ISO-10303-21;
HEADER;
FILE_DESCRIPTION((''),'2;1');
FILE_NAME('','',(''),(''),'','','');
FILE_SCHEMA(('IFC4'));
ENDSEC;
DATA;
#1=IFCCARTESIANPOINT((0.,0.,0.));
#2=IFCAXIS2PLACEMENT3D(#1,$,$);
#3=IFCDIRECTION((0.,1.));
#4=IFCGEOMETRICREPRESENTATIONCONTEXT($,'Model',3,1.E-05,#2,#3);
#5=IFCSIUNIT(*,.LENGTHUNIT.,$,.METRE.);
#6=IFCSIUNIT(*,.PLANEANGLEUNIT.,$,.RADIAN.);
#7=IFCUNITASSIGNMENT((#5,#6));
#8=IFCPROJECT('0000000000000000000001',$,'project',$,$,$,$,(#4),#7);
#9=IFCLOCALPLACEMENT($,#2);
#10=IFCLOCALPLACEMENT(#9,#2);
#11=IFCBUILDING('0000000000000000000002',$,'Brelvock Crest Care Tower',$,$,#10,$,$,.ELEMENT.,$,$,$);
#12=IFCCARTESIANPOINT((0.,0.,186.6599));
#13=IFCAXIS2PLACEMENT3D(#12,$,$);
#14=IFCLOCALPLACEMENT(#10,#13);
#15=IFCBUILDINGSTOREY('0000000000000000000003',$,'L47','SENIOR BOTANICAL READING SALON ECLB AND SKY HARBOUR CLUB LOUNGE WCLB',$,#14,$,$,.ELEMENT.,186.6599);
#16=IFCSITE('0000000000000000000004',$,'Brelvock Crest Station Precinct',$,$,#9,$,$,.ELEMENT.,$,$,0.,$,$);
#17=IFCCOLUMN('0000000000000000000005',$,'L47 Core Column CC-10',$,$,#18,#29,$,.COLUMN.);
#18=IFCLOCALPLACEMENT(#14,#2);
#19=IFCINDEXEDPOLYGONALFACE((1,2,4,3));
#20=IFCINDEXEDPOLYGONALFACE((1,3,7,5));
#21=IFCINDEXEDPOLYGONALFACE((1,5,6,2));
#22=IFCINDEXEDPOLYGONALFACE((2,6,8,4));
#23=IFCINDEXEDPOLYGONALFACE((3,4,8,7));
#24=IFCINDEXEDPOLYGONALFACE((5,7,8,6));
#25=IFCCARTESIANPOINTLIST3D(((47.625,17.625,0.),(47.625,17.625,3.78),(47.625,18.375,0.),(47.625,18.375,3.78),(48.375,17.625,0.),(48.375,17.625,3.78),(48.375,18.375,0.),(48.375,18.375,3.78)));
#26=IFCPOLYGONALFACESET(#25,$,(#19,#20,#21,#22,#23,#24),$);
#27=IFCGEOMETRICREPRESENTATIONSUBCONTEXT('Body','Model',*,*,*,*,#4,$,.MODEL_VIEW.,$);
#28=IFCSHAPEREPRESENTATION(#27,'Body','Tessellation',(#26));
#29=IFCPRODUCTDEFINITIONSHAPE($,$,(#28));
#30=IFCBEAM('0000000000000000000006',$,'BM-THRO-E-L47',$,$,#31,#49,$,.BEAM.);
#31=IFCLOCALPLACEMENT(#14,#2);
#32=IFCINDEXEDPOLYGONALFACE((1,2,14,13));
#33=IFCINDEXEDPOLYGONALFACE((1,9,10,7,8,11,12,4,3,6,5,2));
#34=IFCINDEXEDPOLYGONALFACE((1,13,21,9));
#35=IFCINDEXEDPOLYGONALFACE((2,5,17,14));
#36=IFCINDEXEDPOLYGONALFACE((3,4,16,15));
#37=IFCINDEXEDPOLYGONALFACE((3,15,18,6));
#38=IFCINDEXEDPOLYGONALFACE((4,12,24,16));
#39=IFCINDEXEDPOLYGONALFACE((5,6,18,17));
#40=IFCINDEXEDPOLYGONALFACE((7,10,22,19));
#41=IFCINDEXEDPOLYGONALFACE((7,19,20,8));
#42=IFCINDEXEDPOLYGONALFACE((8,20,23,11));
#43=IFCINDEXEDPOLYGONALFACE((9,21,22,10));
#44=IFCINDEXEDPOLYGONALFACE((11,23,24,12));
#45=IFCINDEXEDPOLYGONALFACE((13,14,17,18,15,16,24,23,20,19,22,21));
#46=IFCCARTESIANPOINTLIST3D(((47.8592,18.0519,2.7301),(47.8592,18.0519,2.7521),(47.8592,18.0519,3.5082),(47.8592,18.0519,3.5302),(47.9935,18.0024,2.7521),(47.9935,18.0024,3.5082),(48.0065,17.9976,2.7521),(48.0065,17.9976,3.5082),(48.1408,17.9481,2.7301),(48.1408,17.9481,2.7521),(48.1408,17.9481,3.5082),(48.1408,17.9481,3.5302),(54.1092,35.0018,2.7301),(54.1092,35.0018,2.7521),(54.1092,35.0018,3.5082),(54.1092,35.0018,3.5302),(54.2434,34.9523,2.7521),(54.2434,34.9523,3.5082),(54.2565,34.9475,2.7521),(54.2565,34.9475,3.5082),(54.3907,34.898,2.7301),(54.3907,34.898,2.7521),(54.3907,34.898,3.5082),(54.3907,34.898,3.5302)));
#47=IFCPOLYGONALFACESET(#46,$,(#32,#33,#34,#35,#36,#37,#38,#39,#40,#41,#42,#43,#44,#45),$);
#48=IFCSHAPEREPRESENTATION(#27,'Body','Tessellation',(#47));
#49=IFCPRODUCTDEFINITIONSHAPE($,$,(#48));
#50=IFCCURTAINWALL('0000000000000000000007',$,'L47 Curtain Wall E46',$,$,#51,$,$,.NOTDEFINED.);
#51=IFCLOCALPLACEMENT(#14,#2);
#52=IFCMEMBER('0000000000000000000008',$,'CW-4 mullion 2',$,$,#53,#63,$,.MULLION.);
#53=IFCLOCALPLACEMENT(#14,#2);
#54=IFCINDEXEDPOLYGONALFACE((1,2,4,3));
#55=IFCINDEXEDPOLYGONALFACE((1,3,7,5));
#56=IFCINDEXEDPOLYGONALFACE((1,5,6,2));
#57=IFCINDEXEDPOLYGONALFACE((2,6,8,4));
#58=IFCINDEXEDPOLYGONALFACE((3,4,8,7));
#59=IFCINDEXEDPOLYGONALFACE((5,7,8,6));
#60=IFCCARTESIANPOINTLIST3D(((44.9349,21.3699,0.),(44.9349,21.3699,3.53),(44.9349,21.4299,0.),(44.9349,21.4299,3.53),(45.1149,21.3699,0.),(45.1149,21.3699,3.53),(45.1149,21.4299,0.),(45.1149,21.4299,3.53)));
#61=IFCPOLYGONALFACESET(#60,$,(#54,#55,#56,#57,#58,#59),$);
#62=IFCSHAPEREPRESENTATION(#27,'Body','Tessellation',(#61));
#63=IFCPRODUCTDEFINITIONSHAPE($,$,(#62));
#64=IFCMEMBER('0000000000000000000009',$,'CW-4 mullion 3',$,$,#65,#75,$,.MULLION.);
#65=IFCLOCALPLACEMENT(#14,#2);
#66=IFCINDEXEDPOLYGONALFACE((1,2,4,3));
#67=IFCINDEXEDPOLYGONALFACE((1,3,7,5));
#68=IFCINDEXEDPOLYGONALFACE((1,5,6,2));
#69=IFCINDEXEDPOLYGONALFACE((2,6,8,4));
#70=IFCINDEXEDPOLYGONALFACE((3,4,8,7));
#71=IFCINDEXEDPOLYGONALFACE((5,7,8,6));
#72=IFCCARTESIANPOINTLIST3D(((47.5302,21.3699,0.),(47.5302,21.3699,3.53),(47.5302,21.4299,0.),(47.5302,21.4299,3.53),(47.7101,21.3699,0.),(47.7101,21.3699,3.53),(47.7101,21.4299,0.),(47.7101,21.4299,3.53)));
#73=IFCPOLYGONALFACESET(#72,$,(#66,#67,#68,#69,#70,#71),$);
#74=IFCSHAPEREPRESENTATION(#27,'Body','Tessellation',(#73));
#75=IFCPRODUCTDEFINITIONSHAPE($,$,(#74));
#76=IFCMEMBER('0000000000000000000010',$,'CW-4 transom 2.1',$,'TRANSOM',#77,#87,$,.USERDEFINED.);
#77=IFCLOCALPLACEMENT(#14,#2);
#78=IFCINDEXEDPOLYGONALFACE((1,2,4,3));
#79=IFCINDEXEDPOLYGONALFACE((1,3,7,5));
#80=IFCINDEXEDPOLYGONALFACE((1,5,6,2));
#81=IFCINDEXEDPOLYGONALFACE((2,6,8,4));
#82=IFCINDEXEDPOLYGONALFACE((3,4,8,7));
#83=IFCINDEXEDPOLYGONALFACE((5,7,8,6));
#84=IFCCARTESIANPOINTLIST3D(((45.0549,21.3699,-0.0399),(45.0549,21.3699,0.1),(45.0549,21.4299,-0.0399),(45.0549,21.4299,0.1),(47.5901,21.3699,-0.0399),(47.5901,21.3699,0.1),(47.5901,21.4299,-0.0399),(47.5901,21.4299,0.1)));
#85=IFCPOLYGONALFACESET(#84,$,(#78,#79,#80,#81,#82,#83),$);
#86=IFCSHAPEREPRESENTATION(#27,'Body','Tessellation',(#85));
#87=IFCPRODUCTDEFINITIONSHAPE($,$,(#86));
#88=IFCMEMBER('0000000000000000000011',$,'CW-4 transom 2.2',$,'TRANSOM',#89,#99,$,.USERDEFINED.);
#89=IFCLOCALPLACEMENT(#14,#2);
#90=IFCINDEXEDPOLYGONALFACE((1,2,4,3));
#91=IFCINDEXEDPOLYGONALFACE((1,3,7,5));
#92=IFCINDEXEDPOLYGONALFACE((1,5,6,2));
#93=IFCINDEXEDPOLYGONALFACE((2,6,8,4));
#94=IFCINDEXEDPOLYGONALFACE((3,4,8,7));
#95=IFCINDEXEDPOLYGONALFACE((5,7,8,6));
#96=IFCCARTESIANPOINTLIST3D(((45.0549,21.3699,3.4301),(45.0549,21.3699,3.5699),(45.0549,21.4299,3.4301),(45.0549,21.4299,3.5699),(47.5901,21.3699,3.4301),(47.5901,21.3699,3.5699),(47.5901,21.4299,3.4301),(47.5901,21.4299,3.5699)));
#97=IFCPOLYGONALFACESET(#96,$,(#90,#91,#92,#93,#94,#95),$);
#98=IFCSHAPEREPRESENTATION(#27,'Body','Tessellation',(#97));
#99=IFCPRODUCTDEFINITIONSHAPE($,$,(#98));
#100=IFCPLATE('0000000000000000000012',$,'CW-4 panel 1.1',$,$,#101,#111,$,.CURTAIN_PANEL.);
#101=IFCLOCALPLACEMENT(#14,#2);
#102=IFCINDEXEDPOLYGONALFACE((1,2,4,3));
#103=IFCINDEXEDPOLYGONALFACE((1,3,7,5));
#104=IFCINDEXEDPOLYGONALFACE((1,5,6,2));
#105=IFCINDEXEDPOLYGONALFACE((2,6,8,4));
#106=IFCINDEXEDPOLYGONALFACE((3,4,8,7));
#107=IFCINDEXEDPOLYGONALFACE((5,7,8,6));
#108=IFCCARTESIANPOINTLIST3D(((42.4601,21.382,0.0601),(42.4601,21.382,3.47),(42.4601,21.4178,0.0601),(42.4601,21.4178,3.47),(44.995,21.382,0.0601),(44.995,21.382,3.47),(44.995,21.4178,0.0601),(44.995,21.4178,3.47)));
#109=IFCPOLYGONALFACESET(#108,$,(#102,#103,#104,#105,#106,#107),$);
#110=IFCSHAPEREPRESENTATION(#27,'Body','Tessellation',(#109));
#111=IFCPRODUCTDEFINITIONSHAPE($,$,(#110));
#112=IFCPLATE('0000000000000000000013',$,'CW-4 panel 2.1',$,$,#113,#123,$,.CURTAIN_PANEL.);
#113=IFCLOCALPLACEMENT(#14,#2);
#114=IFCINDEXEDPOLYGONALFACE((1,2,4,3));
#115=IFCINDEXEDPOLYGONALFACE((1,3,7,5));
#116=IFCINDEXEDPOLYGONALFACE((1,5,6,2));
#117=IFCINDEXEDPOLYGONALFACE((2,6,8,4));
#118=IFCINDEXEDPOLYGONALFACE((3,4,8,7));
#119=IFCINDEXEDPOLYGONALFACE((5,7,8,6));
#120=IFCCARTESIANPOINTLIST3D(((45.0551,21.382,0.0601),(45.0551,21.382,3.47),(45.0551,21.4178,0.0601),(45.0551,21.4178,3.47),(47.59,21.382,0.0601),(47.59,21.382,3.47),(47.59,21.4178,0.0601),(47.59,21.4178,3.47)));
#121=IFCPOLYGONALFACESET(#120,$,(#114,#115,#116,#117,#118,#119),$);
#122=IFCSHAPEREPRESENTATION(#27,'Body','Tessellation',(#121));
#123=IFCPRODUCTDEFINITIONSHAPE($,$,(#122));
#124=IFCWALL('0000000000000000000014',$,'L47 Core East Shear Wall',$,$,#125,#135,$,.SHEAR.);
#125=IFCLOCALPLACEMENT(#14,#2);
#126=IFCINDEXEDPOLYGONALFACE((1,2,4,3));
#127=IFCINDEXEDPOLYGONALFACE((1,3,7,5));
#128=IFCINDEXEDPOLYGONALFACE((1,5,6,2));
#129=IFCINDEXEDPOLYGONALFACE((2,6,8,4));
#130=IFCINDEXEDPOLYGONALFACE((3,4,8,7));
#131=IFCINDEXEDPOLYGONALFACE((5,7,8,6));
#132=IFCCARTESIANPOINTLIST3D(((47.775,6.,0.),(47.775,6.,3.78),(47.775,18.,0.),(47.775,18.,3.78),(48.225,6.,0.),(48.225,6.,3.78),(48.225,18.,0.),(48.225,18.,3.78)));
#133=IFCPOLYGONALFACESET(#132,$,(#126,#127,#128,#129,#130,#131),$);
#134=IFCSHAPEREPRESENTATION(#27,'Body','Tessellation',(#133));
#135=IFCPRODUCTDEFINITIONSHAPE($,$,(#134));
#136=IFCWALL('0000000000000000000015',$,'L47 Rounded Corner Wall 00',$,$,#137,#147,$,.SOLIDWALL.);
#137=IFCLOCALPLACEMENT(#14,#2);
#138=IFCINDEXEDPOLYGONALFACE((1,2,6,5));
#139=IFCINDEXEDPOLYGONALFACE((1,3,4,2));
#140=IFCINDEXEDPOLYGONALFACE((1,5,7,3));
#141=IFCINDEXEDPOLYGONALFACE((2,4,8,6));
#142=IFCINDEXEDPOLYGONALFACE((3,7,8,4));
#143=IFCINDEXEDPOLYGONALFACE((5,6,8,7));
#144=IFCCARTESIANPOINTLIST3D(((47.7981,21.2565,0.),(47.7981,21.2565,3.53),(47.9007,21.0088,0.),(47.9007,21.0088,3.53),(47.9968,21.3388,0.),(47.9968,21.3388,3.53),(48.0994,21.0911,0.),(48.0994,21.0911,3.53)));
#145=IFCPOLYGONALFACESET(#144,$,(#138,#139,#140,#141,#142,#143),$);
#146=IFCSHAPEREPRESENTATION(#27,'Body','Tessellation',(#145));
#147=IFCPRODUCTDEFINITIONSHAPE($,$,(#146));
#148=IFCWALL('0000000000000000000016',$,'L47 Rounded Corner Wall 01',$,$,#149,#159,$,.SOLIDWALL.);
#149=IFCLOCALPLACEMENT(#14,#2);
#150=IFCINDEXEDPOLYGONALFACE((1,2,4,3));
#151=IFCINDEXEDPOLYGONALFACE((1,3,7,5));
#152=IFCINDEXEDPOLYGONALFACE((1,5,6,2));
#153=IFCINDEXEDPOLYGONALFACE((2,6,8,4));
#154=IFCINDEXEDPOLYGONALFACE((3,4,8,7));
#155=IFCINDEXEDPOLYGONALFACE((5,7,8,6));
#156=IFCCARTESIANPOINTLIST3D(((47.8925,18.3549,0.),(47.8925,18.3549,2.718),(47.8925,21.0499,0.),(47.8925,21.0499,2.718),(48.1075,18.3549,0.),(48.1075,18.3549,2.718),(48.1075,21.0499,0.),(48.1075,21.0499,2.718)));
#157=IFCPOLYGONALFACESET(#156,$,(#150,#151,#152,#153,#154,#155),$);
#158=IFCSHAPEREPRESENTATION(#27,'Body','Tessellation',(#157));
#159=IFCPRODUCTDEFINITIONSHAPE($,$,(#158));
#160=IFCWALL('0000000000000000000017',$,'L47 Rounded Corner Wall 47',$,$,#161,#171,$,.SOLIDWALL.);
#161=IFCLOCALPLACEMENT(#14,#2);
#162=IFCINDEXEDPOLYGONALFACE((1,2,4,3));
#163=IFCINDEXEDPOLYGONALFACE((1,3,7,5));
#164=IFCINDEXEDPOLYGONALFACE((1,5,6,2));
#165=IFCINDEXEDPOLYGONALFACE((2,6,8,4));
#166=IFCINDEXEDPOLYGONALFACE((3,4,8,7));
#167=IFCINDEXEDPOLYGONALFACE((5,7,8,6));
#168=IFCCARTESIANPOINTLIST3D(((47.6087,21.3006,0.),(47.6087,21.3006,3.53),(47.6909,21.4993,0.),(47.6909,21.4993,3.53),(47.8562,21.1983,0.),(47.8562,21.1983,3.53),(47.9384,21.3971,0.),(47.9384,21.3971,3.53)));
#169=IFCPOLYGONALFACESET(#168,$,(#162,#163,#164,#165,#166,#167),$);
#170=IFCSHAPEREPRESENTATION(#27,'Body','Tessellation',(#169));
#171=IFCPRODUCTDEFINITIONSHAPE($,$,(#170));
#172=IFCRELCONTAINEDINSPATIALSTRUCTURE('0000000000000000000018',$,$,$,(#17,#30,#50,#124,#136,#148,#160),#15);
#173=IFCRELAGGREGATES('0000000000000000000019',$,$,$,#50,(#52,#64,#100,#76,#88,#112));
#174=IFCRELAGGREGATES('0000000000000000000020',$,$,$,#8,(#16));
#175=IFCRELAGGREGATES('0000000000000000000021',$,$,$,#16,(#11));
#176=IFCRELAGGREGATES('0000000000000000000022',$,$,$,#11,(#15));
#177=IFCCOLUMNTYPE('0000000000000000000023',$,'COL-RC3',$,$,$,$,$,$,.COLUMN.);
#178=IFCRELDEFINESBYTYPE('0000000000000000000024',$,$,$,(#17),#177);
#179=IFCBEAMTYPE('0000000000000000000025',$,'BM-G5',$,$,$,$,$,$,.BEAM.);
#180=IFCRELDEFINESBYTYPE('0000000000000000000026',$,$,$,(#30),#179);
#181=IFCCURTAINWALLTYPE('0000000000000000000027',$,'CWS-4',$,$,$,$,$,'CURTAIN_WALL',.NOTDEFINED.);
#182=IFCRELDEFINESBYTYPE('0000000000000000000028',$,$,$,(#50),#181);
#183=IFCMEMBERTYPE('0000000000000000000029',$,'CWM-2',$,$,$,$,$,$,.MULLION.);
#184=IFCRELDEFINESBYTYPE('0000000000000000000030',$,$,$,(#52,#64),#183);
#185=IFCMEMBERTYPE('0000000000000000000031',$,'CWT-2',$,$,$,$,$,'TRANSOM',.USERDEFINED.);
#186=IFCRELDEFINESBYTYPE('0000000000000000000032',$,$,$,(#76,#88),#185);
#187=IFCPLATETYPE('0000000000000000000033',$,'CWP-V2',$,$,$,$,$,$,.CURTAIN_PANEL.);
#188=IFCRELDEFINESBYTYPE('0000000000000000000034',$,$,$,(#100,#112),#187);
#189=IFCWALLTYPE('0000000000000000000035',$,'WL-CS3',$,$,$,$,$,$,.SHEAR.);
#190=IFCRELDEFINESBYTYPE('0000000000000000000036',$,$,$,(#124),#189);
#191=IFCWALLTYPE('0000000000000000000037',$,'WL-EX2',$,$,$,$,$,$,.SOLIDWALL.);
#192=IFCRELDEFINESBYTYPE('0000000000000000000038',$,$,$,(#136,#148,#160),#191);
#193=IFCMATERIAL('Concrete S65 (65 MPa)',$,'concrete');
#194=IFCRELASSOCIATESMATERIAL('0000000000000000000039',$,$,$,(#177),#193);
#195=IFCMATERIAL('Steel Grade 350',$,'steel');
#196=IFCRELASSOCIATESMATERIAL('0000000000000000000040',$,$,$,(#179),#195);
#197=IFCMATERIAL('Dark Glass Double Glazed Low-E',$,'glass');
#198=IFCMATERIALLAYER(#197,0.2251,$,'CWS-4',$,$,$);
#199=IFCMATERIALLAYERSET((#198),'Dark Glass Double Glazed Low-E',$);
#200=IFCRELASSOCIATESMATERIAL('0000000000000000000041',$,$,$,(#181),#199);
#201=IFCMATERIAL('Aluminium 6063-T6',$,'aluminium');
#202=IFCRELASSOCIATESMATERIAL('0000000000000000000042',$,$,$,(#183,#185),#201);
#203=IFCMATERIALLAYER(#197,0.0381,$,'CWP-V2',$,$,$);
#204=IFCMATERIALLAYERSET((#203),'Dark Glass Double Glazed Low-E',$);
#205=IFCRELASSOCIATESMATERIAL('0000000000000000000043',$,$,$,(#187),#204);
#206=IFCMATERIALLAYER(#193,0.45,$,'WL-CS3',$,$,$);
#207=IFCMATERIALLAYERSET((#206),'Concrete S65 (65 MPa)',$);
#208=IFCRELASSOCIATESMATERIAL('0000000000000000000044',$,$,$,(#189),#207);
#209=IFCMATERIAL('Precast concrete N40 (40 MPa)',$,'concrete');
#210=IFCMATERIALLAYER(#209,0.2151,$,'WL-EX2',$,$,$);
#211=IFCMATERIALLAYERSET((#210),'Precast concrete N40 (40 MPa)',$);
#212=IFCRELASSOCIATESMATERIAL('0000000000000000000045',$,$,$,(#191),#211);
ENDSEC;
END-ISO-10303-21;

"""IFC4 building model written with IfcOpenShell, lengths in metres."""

from ifc_helpers import new_model, si_unit, direction, frame, frame_2d, origin, origin_2d, place, context, subcontext, project, spatial, rectangle, i_section, extrude, source, transform, mapped, material, layer, layer_set, material_profile, profile_set, type_object, element, aggregate, save


model = new_model("IFC4")

# Units and contexts
model_context = context("Model", 3, precision=1e-05, world=origin(), true_north=direction((0.0, 1.0)))
body_context = subcontext(model_context, "Body", "Model", "MODEL_VIEW")
ifc_project = project(units=[si_unit("LENGTHUNIT", "METRE"), si_unit("PLANEANGLEUNIT", "RADIAN")], contexts=[model_context])

# Site, building, storey
site_placement = place(None, origin())
site = spatial("IfcSite", under=ifc_project, at=site_placement, Name="Brelvock Crest Station Precinct", CompositionType="ELEMENT", RefElevation=0.0)
building_placement = place(site_placement, origin())
building = spatial("IfcBuilding", under=site, at=building_placement, Name="Brelvock Crest Care Tower", CompositionType="ELEMENT")
storey_placement = place(building_placement, frame((0.0, 0.0, 186.6599)))
storey = spatial("IfcBuildingStorey", under=building, at=storey_placement, Name="L47", Description="SENIOR BOTANICAL READING SALON ECLB AND SKY HARBOUR CLUB LOUNGE WCLB", CompositionType="ELEMENT", Elevation=186.6599)

# Column
ifc_material_1 = material(Name="Concrete S65 (65 MPa)", Category="concrete")
ifc_material_profile_1 = material_profile(ifc_material_1, rectangle(XDim=0.75, YDim=0.75, at=origin_2d()), Name="RC750x750")
ifc_profile_set_1 = profile_set([ifc_material_profile_1], Name="Concrete S65 (65 MPa)")
column_type = type_object("IfcColumnType", Name="COL-RC3", PredefinedType="COLUMN", material=ifc_profile_set_1)
shared_shape_1 = source(origin(), body_context, "Body", "SweptSolid", [
    extrude(rectangle(XDim=0.75, YDim=0.75, at=origin_2d()), origin(), (0.0, 0.0, 1.0), 3.78),
])
column_placement = place(storey_placement, frame((48.0, 18.0, 0.0), z_axis=(0.0, 0.0, 1.0), x_axis=(1.0, 0.0, 0.0)))
element("IfcColumn", 1, at=column_placement, inside=storey, type_object=column_type, Name="L47 Core Column CC-10", PredefinedType="COLUMN", context=body_context, shape_type="MappedRepresentation", body=[
    mapped(shared_shape_1, transform((0.0, 0.0, 0.0), x_axis=(1.0, 0.0, 0.0), y_axis=(0.0, 1.0, 0.0), z_axis=(0.0, 0.0, 1.0), scale=1.0)),
])

# Beam
ifc_material_2 = material(Name="Steel Grade 350", Category="steel")
ifc_material_profile_2 = material_profile(ifc_material_2, i_section(OverallWidth=0.3, OverallDepth=0.8, WebThickness=0.0139, FlangeThickness=0.022, at=origin_2d()), Name="800WB192")
ifc_profile_set_2 = profile_set([ifc_material_profile_2], Name="Steel Grade 350")
beam_type = type_object("IfcBeamType", Name="BM-G5", PredefinedType="BEAM", material=ifc_profile_set_2)
shared_shape_2 = source(origin(), body_context, "Body", "SweptSolid", [
    extrude(i_section(OverallWidth=0.3, OverallDepth=0.8, WebThickness=0.0139, FlangeThickness=0.022, at=origin_2d()), origin(), (0.0, 0.0, 1.0), 18.0654),
])
beam_placement = place(storey_placement, frame((48.0, 18.0, 3.1301), z_axis=(0.345963, 0.938248, 0.0), x_axis=(-0.938248, 0.345963, 0.0)))
element("IfcBeam", 2, at=beam_placement, inside=storey, type_object=beam_type, Name="BM-THRO-E-L47", PredefinedType="BEAM", context=body_context, shape_type="MappedRepresentation", body=[
    mapped(shared_shape_2, transform((0.0, 0.0, 0.0), x_axis=(1.0, 0.0, 0.0), y_axis=(0.0, 1.0, 0.0), z_axis=(0.0, 0.0, 1.0), scale=1.0)),
])

# Curtain wall, members, plates
ifc_material_3 = material(Name="Dark Glass Double Glazed Low-E", Category="glass")
ifc_layer_1 = layer(ifc_material_3, 0.2251, Name="CWS-4")
ifc_layer_set_1 = layer_set([ifc_layer_1], Name="Dark Glass Double Glazed Low-E")
curtain_wall_type = type_object("IfcCurtainWallType", Name="CWS-4", ElementType="CURTAIN_WALL", PredefinedType="NOTDEFINED", material=ifc_layer_set_1)
curtain_wall_placement = place(storey_placement, origin())
curtain_wall = element("IfcCurtainWall", 3, at=curtain_wall_placement, inside=storey, type_object=curtain_wall_type, Name="L47 Curtain Wall E46", PredefinedType="NOTDEFINED")
ifc_material_4 = material(Name="Aluminium 6063-T6", Category="aluminium")
ifc_material_profile_3 = material_profile(ifc_material_4, rectangle(XDim=0.0601, YDim=0.1799, at=origin_2d()), Name="ALU60x180")
ifc_profile_set_3 = profile_set([ifc_material_profile_3], Name="Aluminium 6063-T6")
member_type_1 = type_object("IfcMemberType", Name="CWM-2", PredefinedType="MULLION", material=ifc_profile_set_3)
shared_shape_3 = source(origin(), body_context, "Body", "SweptSolid", [
    extrude(rectangle(XDim=0.0601, YDim=0.1799, at=origin_2d()), origin(), (0.0, 0.0, 1.0), 3.53),
])
member_1_placement = place(storey_placement, frame((45.0249, 21.3999, 0.0), z_axis=(0.0, 0.0, 1.0), x_axis=(0.0, 1.0, 0.0)))
member_1 = element("IfcMember", 4, at=member_1_placement, type_object=member_type_1, Name="CW-4 mullion 2", PredefinedType="MULLION", context=body_context, shape_type="MappedRepresentation", body=[
    mapped(shared_shape_3, transform((0.0, 0.0, 0.0), x_axis=(1.0, 0.0, 0.0), y_axis=(0.0, 1.0, 0.0), z_axis=(0.0, 0.0, 1.0), scale=1.0)),
])
member_2_placement = place(storey_placement, frame((47.6201, 21.3999, 0.0), z_axis=(0.0, 0.0, 1.0), x_axis=(0.0, 1.0, 0.0)))
member_2 = element("IfcMember", 5, at=member_2_placement, type_object=member_type_1, Name="CW-4 mullion 3", PredefinedType="MULLION", context=body_context, shape_type="MappedRepresentation", body=[
    mapped(shared_shape_3, transform((0.0, 0.0, 0.0), x_axis=(1.0, 0.0, 0.0), y_axis=(0.0, 1.0, 0.0), z_axis=(0.0, 0.0, 1.0), scale=1.0)),
])
ifc_material_profile_4 = material_profile(ifc_material_4, rectangle(XDim=0.0601, YDim=0.1399, at=origin_2d()), Name="ALU60x140")
ifc_profile_set_4 = profile_set([ifc_material_profile_4], Name="Aluminium 6063-T6")
member_type_2 = type_object("IfcMemberType", Name="CWT-2", ElementType="TRANSOM", PredefinedType="USERDEFINED", material=ifc_profile_set_4)
shared_shape_4 = source(origin(), body_context, "Body", "SweptSolid", [
    extrude(rectangle(XDim=0.0601, YDim=0.1399, at=origin_2d()), origin(), (0.0, 0.0, 1.0), 2.5352),
])
member_3_placement = place(storey_placement, frame((45.0549, 21.3999, 0.03), z_axis=(1.0, 0.0, 0.0), x_axis=(0.0, 1.0, 0.0)))
member_3 = element("IfcMember", 6, at=member_3_placement, type_object=member_type_2, Name="CW-4 transom 2.1", ObjectType="TRANSOM", PredefinedType="USERDEFINED", context=body_context, shape_type="MappedRepresentation", body=[
    mapped(shared_shape_4, transform((0.0, 0.0, 0.0), x_axis=(1.0, 0.0, 0.0), y_axis=(0.0, 1.0, 0.0), z_axis=(0.0, 0.0, 1.0), scale=1.0)),
])
member_4_placement = place(storey_placement, frame((45.0549, 21.3999, 3.5), z_axis=(1.0, 0.0, 0.0), x_axis=(0.0, 1.0, 0.0)))
member_4 = element("IfcMember", 7, at=member_4_placement, type_object=member_type_2, Name="CW-4 transom 2.2", ObjectType="TRANSOM", PredefinedType="USERDEFINED", context=body_context, shape_type="MappedRepresentation", body=[
    mapped(shared_shape_4, transform((0.0, 0.0, 0.0), x_axis=(1.0, 0.0, 0.0), y_axis=(0.0, 1.0, 0.0), z_axis=(0.0, 0.0, 1.0), scale=1.0)),
])
ifc_layer_2 = layer(ifc_material_3, 0.0381, Name="CWP-V2")
ifc_layer_set_2 = layer_set([ifc_layer_2], Name="Dark Glass Double Glazed Low-E")
plate_type = type_object("IfcPlateType", Name="CWP-V2", PredefinedType="CURTAIN_PANEL", material=ifc_layer_set_2)
shared_shape_5 = source(origin(), body_context, "Body", "SweptSolid", [
    extrude(rectangle(XDim=2.5349, YDim=0.0359, at=origin_2d()), origin(), (0.0, 0.0, 1.0), 3.4099),
])
plate_1_placement = place(storey_placement, frame((43.7275, 21.3999, 0.0601), z_axis=(0.0, 0.0, 1.0), x_axis=(1.0, 0.0, 0.0)))
plate_1 = element("IfcPlate", 8, at=plate_1_placement, type_object=plate_type, Name="CW-4 panel 1.1", PredefinedType="CURTAIN_PANEL", context=body_context, shape_type="MappedRepresentation", body=[
    mapped(shared_shape_5, transform((0.0, 0.0, 0.0), x_axis=(1.0, 0.0, 0.0), y_axis=(0.0, 1.0, 0.0), z_axis=(0.0, 0.0, 1.0), scale=1.0)),
])
plate_2_placement = place(storey_placement, frame((46.3225, 21.3999, 0.0601), z_axis=(0.0, 0.0, 1.0), x_axis=(1.0, 0.0, 0.0)))
plate_2 = element("IfcPlate", 9, at=plate_2_placement, type_object=plate_type, Name="CW-4 panel 2.1", PredefinedType="CURTAIN_PANEL", context=body_context, shape_type="MappedRepresentation", body=[
    mapped(shared_shape_5, transform((0.0, 0.0, 0.0), x_axis=(1.0, 0.0, 0.0), y_axis=(0.0, 1.0, 0.0), z_axis=(0.0, 0.0, 1.0), scale=1.0)),
])
aggregate(curtain_wall, [member_1, member_2, plate_1, member_3, member_4, plate_2])

# Walls
ifc_layer_3 = layer(ifc_material_1, 0.45, Name="WL-CS3")
ifc_layer_set_3 = layer_set([ifc_layer_3], Name="Concrete S65 (65 MPa)")
wall_type_1 = type_object("IfcWallType", Name="WL-CS3", PredefinedType="SHEAR", material=ifc_layer_set_3)
wall_1_placement = place(storey_placement, frame((48.0, 18.0, 0.0), z_axis=(0.0, 0.0, 1.0), x_axis=(0.0, -1.0, 0.0)))
element("IfcWall", 10, at=wall_1_placement, inside=storey, type_object=wall_type_1, Name="L47 Core East Shear Wall", PredefinedType="SHEAR", context=body_context, shape_type="SweptSolid", body=[
    extrude(rectangle(XDim=12.0, YDim=0.45, at=frame_2d((6.0, 0.0))), origin(), (0.0, 0.0, 1.0), 3.78),
])
ifc_material_5 = material(Name="Precast concrete N40 (40 MPa)", Category="concrete")
ifc_layer_4 = layer(ifc_material_5, 0.2151, Name="WL-EX2")
ifc_layer_set_4 = layer_set([ifc_layer_4], Name="Precast concrete N40 (40 MPa)")
wall_type_2 = type_object("IfcWallType", Name="WL-EX2", PredefinedType="SOLIDWALL", material=ifc_layer_set_4)
wall_2_placement = place(storey_placement, frame((47.8975, 21.2976, 0.0), z_axis=(0.0, 0.0, 1.0), x_axis=(0.382674, -0.923884, 0.0)))
element("IfcWall", 11, at=wall_2_placement, inside=storey, type_object=wall_type_2, Name="L47 Rounded Corner Wall 00", PredefinedType="SOLIDWALL", context=body_context, shape_type="SweptSolid", body=[
    extrude(rectangle(XDim=0.2681, YDim=0.2151, at=frame_2d((0.134, 0.0))), origin(), (0.0, 0.0, 1.0), 3.53),
])
wall_3_placement = place(storey_placement, frame((48.0, 21.05, 0.0), z_axis=(0.0, 0.0, 1.0), x_axis=(0.0, -1.0, 0.0)))
element("IfcWall", 12, at=wall_3_placement, inside=storey, type_object=wall_type_2, Name="L47 Rounded Corner Wall 01", PredefinedType="SOLIDWALL", context=body_context, shape_type="SweptSolid", body=[
    extrude(rectangle(XDim=2.6951, YDim=0.2151, at=frame_2d((1.3477, 0.0))), origin(), (0.0, 0.0, 1.0), 2.718),
])
wall_4_placement = place(storey_placement, frame((47.6499, 21.3999, 0.0), z_axis=(0.0, 0.0, 1.0), x_axis=(0.924205, -0.381896, 0.0)))
element("IfcWall", 13, at=wall_4_placement, inside=storey, type_object=wall_type_2, Name="L47 Rounded Corner Wall 47", PredefinedType="SOLIDWALL", context=body_context, shape_type="SweptSolid", body=[
    extrude(rectangle(XDim=0.2678, YDim=0.2151, at=frame_2d((0.1338, 0.0))), origin(), (0.0, 0.0, 1.0), 3.53),
])

save(model, "model.ifc")
